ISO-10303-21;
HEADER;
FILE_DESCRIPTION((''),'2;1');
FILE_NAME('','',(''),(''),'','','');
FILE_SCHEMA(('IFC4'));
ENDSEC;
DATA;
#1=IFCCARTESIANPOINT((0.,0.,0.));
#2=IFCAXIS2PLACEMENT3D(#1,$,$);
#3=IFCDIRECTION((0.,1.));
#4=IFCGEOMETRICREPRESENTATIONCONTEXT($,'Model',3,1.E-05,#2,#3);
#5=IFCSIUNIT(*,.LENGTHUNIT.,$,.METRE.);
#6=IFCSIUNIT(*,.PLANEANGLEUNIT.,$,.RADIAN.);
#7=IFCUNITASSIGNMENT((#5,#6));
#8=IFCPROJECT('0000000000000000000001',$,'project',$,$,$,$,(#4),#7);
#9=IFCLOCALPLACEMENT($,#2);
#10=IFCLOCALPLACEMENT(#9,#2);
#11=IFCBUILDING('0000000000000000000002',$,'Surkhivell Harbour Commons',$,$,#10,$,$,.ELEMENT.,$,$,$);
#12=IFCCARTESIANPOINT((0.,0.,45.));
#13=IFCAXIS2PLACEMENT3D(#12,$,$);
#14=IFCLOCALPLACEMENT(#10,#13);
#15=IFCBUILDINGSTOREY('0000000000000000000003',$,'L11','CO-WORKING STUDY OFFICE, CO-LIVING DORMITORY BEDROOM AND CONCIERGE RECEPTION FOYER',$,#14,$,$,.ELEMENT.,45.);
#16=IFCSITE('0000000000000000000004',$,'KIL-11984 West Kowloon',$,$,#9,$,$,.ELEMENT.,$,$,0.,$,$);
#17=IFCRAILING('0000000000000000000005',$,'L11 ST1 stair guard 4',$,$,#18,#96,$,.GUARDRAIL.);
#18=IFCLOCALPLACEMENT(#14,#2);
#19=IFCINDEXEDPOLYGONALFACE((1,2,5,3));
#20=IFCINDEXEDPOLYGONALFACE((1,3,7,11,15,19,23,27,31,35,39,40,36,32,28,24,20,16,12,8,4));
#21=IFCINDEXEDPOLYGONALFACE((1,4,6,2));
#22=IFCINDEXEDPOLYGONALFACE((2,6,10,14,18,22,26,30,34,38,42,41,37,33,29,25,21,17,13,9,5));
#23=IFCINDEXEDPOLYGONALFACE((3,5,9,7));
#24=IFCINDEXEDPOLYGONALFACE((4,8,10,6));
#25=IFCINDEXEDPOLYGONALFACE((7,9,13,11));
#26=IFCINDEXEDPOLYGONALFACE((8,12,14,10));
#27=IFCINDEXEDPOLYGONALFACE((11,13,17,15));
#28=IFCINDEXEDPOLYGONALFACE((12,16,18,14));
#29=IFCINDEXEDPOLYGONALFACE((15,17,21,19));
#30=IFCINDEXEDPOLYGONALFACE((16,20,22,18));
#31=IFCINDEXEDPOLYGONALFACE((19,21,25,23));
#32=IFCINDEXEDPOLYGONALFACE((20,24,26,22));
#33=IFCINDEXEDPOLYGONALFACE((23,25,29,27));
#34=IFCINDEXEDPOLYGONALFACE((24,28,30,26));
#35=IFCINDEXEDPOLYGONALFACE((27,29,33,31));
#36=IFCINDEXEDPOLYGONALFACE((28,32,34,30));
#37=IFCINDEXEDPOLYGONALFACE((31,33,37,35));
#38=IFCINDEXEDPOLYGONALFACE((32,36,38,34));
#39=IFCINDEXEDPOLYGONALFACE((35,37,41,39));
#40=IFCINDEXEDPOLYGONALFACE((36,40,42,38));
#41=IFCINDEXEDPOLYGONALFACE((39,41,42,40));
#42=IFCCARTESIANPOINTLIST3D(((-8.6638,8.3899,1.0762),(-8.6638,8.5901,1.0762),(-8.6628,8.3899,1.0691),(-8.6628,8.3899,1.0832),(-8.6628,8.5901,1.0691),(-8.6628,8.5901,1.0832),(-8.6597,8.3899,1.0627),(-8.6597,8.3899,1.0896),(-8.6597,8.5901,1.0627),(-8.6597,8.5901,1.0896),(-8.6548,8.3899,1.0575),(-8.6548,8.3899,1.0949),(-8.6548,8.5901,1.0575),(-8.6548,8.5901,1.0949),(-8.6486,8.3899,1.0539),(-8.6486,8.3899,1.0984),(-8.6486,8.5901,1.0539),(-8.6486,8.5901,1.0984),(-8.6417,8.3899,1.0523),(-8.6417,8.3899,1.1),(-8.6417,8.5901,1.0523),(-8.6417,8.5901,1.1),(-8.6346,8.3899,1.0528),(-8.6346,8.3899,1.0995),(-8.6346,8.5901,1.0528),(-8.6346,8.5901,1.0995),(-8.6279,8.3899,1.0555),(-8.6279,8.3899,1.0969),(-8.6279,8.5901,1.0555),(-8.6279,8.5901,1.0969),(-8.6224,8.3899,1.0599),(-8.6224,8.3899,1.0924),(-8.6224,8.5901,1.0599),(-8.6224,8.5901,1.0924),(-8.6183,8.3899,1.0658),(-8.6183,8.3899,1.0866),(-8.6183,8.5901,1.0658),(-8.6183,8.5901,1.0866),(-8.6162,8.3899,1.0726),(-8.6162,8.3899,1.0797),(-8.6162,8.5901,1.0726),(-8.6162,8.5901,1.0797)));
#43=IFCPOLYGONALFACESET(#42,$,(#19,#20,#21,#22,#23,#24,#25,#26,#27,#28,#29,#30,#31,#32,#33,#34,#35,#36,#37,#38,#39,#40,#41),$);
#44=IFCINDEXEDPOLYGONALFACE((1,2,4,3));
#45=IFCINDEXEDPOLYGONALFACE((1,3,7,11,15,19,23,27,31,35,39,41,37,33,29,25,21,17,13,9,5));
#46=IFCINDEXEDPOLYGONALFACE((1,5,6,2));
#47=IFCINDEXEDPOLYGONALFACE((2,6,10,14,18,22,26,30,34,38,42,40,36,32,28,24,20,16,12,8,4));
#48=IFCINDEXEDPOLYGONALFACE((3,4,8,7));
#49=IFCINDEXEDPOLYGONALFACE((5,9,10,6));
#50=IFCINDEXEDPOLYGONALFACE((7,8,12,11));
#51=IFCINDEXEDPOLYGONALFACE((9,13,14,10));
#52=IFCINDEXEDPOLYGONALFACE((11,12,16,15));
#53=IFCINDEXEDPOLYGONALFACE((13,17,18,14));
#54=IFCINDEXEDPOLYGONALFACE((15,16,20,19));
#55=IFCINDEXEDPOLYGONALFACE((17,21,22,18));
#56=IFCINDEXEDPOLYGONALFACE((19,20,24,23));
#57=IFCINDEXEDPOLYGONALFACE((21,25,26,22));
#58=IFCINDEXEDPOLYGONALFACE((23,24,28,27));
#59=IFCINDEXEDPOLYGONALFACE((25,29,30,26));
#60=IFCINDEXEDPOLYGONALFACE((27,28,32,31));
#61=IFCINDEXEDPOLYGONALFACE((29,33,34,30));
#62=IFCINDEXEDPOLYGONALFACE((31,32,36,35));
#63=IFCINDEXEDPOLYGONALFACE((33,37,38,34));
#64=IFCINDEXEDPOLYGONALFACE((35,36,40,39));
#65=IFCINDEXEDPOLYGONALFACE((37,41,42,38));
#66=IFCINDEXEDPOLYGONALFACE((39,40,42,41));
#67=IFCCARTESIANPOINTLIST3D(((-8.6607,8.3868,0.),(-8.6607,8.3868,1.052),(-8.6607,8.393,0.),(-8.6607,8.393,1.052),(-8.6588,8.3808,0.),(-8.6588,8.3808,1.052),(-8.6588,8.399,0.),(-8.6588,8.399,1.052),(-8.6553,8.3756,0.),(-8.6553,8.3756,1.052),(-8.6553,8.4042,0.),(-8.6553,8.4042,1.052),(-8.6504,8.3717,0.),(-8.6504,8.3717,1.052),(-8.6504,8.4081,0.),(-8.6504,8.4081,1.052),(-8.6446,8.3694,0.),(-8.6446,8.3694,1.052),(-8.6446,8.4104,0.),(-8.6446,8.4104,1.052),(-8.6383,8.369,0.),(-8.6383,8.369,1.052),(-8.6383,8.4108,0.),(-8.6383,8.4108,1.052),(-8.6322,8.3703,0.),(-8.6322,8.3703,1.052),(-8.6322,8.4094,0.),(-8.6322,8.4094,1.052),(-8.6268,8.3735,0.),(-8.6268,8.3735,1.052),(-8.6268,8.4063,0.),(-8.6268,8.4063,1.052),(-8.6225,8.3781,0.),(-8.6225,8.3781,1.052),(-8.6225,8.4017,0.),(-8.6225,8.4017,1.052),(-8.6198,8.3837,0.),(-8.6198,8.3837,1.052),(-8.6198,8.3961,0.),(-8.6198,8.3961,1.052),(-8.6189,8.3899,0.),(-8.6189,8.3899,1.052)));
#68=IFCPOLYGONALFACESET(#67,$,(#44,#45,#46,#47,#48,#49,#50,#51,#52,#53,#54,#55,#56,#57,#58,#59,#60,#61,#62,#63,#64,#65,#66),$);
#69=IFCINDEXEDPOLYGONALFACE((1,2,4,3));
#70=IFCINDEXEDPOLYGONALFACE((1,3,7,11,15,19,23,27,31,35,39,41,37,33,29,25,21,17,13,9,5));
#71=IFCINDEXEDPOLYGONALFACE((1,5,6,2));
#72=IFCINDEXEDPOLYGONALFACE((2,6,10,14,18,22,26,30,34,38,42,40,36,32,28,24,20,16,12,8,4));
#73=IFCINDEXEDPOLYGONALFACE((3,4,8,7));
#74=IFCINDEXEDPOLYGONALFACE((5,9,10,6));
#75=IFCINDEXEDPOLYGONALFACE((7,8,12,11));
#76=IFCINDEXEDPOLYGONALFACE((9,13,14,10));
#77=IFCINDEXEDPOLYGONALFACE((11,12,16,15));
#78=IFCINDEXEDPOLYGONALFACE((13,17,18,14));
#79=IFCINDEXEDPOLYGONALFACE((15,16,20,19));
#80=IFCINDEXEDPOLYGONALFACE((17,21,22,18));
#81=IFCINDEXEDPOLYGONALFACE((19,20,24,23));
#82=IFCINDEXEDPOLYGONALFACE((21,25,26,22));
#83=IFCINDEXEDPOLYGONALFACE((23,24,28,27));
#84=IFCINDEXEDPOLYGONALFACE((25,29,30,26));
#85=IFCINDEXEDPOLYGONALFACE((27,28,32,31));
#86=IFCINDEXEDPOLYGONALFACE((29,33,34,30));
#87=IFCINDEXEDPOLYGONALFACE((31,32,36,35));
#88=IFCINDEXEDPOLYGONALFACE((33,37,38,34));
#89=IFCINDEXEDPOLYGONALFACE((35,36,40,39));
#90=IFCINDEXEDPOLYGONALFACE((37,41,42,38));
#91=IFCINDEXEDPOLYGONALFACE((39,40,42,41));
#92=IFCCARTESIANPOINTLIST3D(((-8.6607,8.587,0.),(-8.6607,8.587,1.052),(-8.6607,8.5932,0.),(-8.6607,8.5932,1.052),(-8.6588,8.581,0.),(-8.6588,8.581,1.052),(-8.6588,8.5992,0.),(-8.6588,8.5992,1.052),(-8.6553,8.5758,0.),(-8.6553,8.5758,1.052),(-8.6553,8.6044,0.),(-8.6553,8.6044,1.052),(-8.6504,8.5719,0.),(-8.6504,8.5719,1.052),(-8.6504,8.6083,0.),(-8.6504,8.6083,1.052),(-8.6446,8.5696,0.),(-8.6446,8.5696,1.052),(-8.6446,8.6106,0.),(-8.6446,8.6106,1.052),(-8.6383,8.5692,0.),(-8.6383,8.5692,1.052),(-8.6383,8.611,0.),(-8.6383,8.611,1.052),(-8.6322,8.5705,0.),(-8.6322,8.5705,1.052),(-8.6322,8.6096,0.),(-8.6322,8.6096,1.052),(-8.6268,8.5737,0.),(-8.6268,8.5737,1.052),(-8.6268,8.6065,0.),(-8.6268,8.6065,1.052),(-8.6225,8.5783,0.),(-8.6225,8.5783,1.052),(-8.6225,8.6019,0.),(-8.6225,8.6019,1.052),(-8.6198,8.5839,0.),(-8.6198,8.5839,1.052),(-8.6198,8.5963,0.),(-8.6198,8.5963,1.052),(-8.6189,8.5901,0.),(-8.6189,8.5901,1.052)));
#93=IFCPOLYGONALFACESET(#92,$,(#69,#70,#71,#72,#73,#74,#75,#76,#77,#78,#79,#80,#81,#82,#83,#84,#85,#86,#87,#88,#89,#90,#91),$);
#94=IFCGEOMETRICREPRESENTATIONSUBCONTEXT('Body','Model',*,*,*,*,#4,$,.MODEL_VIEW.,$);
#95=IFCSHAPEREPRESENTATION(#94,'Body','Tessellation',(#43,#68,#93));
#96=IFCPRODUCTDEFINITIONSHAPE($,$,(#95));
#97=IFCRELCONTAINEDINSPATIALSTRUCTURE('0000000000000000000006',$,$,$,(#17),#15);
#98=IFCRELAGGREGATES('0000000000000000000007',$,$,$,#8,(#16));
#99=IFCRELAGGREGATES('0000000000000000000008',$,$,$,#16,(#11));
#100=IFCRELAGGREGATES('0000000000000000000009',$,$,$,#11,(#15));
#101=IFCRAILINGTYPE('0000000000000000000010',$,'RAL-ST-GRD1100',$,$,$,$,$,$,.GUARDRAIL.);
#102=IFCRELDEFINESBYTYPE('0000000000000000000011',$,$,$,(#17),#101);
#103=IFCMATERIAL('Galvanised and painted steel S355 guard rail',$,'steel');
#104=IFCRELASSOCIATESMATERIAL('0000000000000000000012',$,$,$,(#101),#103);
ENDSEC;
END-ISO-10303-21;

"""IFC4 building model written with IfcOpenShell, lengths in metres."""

from ifc_helpers import new_model, si_unit, direction, frame, origin, origin_2d, place, context, subcontext, project, spatial, circle, extrude, material, type_object, element, save


model = new_model("IFC4")

# Units and contexts
model_context = context("Model", 3, precision=1e-05, world=origin(), true_north=direction((0.0, 1.0)))
body_context = subcontext(model_context, "Body", "Model", "MODEL_VIEW")
ifc_project = project(units=[si_unit("LENGTHUNIT", "METRE"), si_unit("PLANEANGLEUNIT", "RADIAN")], contexts=[model_context])

# Site, building, storey
site_placement = place(None, origin())
site = spatial("IfcSite", under=ifc_project, at=site_placement, Name="KIL-11984 West Kowloon", CompositionType="ELEMENT", RefElevation=0.0)
building_placement = place(site_placement, origin())
building = spatial("IfcBuilding", under=site, at=building_placement, Name="Surkhivell Harbour Commons", CompositionType="ELEMENT")
storey_placement = place(building_placement, frame((0.0, 0.0, 45.0)))
storey = spatial("IfcBuildingStorey", under=building, at=storey_placement, Name="L11", Description="CO-WORKING STUDY OFFICE, CO-LIVING DORMITORY BEDROOM AND CONCIERGE RECEPTION FOYER", CompositionType="ELEMENT", Elevation=45.0)

# Railing
ifc_material_1 = material(Name="Galvanised and painted steel S355 guard rail", Category="steel")
railing_type_1 = type_object("IfcRailingType", Name="RAL-ST-GRD1100", PredefinedType="GUARDRAIL", material=ifc_material_1)
railing_1_placement = place(storey_placement, frame((-8.6399, 8.3899, 0.0)))
element("IfcRailing", 1, at=railing_1_placement, inside=storey, type_object=railing_type_1, Name="L11 ST1 stair guard 4", PredefinedType="GUARDRAIL", context=body_context, shape_type="SweptSolid", body=[
    extrude(circle(Radius=0.0239, at=origin_2d()), frame((0.0, 0.0, 1.0762), z_axis=(0.0, 1.0, 0.0), x_axis=(-1.0, 0.0, 0.0)), (0.0, 0.0, 1.0), 0.2002),
    extrude(circle(Radius=0.021, at=origin_2d()), origin(), (0.0, 0.0, 1.0), 1.052),
    extrude(circle(Radius=0.021, at=origin_2d()), frame((0.0, 0.2002, 0.0)), (0.0, 0.0, 1.0), 1.052),
])

save(model, "model.ifc")
